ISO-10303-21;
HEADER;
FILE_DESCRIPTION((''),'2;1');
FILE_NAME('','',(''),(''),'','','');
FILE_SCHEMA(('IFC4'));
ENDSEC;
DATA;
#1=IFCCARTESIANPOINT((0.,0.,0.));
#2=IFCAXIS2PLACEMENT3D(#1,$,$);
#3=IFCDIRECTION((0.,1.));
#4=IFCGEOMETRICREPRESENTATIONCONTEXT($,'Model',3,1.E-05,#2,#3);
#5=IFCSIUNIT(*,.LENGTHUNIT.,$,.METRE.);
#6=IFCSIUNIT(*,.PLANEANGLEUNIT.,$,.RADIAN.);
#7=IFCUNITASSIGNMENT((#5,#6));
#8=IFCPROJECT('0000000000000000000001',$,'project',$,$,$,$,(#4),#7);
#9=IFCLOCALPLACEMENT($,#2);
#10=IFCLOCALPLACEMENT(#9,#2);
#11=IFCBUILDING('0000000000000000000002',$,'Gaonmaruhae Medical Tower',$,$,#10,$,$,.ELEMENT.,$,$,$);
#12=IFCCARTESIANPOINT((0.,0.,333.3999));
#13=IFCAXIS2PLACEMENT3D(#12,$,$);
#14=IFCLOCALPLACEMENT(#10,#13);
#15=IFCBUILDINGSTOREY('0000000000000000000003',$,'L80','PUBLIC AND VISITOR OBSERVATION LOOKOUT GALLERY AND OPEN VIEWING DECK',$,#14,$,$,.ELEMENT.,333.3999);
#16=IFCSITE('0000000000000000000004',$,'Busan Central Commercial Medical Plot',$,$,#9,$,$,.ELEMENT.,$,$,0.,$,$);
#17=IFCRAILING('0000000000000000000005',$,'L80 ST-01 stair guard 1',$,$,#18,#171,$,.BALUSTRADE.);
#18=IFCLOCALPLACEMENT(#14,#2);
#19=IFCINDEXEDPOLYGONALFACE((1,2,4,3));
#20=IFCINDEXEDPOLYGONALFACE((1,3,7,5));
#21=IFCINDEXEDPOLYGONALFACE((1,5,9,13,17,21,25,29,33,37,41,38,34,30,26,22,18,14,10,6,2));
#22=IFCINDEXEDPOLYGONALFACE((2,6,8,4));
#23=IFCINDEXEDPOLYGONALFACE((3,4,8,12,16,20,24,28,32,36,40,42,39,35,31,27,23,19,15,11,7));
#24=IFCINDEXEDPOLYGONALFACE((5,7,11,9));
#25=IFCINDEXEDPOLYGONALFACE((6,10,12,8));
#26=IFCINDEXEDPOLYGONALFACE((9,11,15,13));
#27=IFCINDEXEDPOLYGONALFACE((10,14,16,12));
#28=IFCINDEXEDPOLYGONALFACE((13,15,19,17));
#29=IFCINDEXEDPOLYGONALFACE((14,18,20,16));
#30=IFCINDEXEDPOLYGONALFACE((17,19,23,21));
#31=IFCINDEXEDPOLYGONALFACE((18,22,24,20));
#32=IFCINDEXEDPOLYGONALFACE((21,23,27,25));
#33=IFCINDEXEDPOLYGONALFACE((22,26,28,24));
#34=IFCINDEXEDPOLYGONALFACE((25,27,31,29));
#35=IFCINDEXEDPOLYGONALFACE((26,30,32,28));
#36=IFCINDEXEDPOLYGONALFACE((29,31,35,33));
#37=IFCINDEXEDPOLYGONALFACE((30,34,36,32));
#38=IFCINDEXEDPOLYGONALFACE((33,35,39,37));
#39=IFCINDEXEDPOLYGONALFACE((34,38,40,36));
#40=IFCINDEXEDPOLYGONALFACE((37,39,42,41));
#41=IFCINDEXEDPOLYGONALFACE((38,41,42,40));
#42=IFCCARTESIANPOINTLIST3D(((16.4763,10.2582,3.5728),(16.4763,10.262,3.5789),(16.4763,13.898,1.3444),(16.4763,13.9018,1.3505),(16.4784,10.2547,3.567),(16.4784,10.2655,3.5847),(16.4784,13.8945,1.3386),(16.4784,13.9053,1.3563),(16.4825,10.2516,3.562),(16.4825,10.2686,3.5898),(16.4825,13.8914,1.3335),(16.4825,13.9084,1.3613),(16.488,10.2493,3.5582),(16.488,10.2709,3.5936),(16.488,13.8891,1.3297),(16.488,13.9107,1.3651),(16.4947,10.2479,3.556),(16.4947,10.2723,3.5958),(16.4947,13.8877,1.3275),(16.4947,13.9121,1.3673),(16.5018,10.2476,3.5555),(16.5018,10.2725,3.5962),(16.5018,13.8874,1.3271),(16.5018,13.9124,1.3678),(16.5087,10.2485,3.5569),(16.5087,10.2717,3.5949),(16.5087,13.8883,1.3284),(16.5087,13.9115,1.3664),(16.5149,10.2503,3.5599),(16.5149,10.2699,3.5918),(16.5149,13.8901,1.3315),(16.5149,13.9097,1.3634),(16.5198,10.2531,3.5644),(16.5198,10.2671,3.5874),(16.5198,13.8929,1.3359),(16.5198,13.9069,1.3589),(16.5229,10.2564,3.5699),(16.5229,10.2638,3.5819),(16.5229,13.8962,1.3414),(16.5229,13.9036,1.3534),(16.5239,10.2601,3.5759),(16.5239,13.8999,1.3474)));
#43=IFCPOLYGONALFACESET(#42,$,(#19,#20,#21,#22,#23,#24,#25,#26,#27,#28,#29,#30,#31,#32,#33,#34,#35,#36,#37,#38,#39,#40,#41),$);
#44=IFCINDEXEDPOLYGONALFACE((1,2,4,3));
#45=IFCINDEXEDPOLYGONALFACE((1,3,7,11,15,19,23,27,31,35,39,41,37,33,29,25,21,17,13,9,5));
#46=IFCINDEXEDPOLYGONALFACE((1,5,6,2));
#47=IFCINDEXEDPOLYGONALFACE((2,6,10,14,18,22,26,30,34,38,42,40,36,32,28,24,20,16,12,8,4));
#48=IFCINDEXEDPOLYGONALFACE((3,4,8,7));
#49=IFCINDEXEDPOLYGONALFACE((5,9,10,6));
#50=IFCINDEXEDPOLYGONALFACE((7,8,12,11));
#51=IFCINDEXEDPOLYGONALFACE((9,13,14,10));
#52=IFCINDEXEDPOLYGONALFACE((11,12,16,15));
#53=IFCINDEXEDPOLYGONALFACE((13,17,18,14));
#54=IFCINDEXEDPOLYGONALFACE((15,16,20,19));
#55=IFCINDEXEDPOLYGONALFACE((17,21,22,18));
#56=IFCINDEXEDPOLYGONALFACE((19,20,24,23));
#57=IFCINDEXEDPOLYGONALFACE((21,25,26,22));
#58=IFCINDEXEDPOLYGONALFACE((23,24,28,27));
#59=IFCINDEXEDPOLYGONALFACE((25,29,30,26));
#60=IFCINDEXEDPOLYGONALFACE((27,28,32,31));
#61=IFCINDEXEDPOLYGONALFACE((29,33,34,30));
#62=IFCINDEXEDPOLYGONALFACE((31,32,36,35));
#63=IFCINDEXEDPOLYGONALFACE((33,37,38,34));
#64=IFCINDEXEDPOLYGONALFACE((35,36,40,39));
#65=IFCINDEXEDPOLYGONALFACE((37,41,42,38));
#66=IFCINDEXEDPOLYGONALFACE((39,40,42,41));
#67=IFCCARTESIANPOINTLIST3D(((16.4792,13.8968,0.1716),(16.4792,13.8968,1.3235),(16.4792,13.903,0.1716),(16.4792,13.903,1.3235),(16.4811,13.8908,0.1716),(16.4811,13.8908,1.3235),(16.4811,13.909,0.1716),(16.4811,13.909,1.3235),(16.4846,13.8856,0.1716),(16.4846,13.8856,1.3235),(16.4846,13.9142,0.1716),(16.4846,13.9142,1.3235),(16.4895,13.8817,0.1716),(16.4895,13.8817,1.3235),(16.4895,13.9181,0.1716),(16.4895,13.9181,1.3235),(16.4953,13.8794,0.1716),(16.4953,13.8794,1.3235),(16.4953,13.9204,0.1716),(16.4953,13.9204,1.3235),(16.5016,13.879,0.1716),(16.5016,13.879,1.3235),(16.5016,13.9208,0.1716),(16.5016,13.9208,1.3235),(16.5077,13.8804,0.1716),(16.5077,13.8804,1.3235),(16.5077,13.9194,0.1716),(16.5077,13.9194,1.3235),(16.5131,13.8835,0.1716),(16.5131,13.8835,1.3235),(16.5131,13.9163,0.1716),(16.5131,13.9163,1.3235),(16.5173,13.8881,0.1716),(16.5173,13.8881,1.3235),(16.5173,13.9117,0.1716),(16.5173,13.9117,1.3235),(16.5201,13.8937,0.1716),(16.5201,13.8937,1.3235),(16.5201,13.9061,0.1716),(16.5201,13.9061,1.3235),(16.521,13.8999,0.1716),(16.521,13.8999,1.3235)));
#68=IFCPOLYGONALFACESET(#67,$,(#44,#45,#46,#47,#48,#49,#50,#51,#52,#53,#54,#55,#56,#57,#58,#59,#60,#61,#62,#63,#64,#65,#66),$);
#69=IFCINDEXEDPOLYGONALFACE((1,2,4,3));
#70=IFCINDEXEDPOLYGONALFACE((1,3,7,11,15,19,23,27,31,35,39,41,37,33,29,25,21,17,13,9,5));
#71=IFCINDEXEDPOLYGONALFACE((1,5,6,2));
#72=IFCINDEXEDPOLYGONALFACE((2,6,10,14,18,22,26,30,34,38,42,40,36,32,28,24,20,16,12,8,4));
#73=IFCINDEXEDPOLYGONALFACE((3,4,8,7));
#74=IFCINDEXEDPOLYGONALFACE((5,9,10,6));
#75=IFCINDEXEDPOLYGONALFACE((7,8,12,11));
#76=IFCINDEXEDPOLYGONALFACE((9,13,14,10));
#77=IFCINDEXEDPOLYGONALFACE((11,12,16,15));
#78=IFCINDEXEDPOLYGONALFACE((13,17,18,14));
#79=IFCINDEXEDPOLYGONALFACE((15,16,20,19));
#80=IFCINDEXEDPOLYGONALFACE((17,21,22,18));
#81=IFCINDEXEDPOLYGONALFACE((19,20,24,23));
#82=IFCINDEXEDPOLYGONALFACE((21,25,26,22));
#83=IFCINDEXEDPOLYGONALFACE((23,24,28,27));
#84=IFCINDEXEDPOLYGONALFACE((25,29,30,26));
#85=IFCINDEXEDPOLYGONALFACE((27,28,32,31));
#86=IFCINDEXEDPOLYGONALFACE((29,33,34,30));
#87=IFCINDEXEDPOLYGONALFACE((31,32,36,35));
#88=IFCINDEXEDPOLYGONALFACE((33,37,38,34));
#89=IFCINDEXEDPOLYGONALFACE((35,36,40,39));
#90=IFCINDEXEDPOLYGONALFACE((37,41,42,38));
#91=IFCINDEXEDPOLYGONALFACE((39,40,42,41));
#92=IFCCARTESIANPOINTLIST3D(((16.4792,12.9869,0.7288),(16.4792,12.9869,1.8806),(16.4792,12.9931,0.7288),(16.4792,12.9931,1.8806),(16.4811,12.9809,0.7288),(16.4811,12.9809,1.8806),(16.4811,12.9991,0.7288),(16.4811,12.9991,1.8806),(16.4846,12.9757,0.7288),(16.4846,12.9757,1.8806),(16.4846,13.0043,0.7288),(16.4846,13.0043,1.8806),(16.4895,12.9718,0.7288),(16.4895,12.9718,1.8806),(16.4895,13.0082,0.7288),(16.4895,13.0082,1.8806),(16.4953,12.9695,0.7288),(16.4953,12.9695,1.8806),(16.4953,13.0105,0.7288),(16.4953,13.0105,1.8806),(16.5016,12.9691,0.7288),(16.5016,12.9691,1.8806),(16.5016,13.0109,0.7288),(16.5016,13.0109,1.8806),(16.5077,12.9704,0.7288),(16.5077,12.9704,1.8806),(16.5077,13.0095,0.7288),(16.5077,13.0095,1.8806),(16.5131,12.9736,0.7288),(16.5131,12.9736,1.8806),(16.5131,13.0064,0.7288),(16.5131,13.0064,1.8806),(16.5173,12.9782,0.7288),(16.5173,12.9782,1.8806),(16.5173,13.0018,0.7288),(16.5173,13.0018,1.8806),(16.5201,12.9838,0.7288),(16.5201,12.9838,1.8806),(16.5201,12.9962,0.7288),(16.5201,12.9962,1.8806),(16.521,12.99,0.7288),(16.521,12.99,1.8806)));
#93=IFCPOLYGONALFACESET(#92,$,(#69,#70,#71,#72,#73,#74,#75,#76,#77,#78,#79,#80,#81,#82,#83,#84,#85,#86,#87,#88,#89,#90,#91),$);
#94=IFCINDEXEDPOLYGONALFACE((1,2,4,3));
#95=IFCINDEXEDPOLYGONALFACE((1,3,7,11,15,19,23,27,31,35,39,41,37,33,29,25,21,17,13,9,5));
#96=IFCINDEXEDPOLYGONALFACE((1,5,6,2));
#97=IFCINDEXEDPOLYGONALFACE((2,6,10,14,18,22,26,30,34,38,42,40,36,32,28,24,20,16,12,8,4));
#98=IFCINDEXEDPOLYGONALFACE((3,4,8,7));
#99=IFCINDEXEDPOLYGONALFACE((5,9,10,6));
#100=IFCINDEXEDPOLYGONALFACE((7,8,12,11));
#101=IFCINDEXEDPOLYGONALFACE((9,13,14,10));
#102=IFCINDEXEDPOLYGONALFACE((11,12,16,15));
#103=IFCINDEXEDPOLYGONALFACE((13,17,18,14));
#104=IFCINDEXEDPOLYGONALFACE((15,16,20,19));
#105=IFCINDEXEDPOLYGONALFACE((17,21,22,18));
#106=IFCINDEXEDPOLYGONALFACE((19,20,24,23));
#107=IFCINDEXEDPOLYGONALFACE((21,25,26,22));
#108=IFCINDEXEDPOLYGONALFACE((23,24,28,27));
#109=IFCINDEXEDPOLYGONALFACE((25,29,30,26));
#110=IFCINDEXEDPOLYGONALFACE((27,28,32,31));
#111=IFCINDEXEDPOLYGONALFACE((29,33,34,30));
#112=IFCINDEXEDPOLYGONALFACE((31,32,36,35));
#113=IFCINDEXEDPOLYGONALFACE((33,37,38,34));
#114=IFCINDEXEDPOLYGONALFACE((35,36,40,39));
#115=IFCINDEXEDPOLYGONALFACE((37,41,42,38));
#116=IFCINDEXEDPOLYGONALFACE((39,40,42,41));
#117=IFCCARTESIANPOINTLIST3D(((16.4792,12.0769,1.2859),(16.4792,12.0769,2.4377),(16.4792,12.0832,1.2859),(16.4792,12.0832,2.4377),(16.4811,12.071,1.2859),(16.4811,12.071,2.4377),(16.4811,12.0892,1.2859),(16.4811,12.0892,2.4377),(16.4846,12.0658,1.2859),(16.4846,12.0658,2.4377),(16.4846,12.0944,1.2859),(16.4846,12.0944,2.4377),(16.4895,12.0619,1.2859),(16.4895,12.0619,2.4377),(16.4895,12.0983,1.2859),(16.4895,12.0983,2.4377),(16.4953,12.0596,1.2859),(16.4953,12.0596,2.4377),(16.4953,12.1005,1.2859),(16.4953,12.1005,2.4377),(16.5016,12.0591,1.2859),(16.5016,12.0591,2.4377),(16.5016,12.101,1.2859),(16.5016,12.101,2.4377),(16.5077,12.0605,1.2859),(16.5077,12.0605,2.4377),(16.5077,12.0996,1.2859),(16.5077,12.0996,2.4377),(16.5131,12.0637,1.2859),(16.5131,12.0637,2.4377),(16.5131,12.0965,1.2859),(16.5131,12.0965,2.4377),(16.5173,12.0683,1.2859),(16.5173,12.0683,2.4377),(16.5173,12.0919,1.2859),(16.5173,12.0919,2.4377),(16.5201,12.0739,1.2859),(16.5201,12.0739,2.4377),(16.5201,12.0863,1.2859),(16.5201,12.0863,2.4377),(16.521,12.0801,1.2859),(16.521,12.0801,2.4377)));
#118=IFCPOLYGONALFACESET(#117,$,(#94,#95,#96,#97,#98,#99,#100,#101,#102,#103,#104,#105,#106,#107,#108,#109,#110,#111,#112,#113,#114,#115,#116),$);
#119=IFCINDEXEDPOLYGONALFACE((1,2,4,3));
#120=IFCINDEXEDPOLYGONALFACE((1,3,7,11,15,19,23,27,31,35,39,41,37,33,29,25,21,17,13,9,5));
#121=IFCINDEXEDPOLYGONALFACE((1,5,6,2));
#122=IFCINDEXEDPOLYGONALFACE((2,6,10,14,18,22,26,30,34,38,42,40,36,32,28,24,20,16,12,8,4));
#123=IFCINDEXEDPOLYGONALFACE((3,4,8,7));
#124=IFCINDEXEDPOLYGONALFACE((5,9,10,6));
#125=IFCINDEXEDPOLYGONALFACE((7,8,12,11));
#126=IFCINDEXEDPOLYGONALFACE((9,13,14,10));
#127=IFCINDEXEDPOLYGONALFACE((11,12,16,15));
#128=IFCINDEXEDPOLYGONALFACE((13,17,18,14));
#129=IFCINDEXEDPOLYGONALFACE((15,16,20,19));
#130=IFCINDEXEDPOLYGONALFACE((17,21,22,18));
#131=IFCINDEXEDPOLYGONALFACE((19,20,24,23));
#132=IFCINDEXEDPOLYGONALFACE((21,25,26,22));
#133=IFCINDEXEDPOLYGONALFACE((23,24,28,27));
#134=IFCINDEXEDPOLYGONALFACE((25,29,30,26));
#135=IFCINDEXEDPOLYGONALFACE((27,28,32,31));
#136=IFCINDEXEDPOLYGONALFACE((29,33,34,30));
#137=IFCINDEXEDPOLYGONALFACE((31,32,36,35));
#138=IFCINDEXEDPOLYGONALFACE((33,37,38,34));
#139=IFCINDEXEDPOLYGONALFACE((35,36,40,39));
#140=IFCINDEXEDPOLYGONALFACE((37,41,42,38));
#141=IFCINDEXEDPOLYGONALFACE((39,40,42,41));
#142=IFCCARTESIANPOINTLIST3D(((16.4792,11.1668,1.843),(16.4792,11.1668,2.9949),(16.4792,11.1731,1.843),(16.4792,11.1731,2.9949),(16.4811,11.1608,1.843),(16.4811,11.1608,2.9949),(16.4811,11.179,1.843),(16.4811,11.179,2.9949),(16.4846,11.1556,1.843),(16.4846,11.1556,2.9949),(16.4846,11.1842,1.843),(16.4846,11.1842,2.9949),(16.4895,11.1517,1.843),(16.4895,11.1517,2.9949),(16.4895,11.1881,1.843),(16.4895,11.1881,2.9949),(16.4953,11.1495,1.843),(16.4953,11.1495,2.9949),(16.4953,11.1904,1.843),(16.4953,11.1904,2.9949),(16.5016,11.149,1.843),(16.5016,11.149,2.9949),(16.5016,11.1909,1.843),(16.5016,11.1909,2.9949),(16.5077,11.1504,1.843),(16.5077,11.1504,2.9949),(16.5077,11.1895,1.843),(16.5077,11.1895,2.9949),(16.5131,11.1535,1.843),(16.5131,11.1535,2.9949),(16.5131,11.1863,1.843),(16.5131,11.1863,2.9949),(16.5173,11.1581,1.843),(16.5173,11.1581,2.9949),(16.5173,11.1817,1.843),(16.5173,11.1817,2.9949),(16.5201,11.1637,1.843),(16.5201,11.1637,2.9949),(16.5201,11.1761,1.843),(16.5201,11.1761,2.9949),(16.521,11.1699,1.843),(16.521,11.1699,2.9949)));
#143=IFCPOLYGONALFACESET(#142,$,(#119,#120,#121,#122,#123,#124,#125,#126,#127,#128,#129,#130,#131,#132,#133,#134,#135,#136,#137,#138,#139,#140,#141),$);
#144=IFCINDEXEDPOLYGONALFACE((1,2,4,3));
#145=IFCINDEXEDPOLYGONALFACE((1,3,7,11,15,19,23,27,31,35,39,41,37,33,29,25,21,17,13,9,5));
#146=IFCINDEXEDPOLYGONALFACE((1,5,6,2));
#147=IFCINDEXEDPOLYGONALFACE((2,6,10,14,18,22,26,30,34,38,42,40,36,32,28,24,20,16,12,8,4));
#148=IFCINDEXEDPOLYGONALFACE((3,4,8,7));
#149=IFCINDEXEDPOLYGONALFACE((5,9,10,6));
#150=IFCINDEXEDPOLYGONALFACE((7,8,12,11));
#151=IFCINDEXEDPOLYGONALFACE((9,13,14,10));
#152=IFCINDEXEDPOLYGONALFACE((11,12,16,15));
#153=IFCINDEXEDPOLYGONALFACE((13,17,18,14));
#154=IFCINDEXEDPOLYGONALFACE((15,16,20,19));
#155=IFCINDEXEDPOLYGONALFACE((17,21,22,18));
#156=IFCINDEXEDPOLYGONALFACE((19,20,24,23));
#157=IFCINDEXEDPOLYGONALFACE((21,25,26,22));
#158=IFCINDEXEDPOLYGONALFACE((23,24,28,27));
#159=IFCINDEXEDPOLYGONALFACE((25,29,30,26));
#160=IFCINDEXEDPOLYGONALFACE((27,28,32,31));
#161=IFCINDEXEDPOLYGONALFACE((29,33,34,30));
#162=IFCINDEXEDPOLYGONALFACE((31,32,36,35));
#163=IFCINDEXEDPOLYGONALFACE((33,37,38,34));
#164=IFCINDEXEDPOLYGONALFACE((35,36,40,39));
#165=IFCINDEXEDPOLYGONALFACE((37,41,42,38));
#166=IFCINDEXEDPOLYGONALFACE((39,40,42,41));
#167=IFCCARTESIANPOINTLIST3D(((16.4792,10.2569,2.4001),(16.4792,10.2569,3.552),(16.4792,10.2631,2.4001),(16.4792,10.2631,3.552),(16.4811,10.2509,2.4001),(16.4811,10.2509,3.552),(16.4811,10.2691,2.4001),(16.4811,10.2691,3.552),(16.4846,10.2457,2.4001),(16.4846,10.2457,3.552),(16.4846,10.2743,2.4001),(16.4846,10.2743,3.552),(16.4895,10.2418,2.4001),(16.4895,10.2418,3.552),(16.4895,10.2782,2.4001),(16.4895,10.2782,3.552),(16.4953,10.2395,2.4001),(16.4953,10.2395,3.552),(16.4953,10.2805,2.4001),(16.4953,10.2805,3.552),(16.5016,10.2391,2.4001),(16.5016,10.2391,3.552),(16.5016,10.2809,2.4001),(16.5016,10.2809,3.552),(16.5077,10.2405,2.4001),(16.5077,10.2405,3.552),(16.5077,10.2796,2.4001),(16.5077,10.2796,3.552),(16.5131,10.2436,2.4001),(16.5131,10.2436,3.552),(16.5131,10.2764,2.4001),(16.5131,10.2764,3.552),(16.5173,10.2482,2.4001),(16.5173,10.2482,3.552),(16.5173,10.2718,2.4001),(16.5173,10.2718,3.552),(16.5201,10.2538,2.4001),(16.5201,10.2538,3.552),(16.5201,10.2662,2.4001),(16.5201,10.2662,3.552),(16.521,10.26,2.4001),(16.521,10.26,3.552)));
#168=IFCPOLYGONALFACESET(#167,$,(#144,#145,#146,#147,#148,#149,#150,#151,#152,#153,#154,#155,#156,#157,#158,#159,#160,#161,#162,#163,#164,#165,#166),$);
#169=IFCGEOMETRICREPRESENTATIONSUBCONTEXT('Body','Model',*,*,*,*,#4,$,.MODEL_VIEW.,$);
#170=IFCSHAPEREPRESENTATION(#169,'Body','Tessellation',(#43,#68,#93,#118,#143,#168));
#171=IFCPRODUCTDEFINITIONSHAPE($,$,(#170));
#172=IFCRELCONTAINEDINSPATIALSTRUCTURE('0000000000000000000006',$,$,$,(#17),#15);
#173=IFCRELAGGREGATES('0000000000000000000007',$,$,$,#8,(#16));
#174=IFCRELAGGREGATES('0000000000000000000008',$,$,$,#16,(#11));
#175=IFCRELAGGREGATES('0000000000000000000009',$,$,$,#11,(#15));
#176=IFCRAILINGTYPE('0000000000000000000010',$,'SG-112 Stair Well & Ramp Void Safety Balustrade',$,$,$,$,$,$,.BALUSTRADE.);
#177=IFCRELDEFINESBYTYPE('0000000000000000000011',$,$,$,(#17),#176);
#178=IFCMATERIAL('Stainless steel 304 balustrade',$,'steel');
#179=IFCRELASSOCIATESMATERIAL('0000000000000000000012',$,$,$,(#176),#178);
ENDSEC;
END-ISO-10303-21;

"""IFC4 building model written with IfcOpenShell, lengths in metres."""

from ifc_helpers import new_model, si_unit, direction, frame, origin, origin_2d, place, context, subcontext, project, spatial, circle, extrude, material, type_object, element, save


model = new_model("IFC4")

# Units and contexts
model_context = context("Model", 3, precision=1e-05, world=origin(), true_north=direction((0.0, 1.0)))
body_context = subcontext(model_context, "Body", "Model", "MODEL_VIEW")
ifc_project = project(units=[si_unit("LENGTHUNIT", "METRE"), si_unit("PLANEANGLEUNIT", "RADIAN")], contexts=[model_context])

# Site, building, storey
site_placement = place(None, origin())
site = spatial("IfcSite", under=ifc_project, at=site_placement, Name="Busan Central Commercial Medical Plot", CompositionType="ELEMENT", RefElevation=0.0)
building_placement = place(site_placement, origin())
building = spatial("IfcBuilding", under=site, at=building_placement, Name="Gaonmaruhae Medical Tower", CompositionType="ELEMENT")
storey_placement = place(building_placement, frame((0.0, 0.0, 333.3999)))
storey = spatial("IfcBuildingStorey", under=building, at=storey_placement, Name="L80", Description="PUBLIC AND VISITOR OBSERVATION LOOKOUT GALLERY AND OPEN VIEWING DECK", CompositionType="ELEMENT", Elevation=333.3999)

# Railing
ifc_material_1 = material(Name="Stainless steel 304 balustrade", Category="steel")
railing_type_1 = type_object("IfcRailingType", Name="SG-112 Stair Well & Ramp Void Safety Balustrade", PredefinedType="BALUSTRADE", material=ifc_material_1)
railing_1_placement = place(storey_placement, frame((16.5, 13.8999, 0.1716)))
element("IfcRailing", 1, at=railing_1_placement, inside=storey, type_object=railing_type_1, Name="L80 ST-01 stair guard 1", PredefinedType="BALUSTRADE", context=body_context, shape_type="SweptSolid", body=[
    extrude(circle(Radius=0.0239, at=origin_2d()), frame((0.0, 0.0, 1.1758), z_axis=(0.0, -0.85285, 0.522156), x_axis=(1.0, 0.0, 0.0)), (0.0, 0.0, 1.0), 4.2678),
    extrude(circle(Radius=0.021, at=origin_2d()), origin(), (0.0, 0.0, 1.0), 1.1519),
    extrude(circle(Radius=0.021, at=origin_2d()), frame((0.0, -0.9099, 0.5571)), (0.0, 0.0, 1.0), 1.1519),
    extrude(circle(Radius=0.021, at=origin_2d()), frame((0.0, -1.8198, 1.1143)), (0.0, 0.0, 1.0), 1.1519),
    extrude(circle(Radius=0.021, at=origin_2d()), frame((0.0, -2.73, 1.6714)), (0.0, 0.0, 1.0), 1.1519),
    extrude(circle(Radius=0.021, at=origin_2d()), frame((0.0, -3.6399, 2.2285)), (0.0, 0.0, 1.0), 1.1519),
])

save(model, "model.ifc")
